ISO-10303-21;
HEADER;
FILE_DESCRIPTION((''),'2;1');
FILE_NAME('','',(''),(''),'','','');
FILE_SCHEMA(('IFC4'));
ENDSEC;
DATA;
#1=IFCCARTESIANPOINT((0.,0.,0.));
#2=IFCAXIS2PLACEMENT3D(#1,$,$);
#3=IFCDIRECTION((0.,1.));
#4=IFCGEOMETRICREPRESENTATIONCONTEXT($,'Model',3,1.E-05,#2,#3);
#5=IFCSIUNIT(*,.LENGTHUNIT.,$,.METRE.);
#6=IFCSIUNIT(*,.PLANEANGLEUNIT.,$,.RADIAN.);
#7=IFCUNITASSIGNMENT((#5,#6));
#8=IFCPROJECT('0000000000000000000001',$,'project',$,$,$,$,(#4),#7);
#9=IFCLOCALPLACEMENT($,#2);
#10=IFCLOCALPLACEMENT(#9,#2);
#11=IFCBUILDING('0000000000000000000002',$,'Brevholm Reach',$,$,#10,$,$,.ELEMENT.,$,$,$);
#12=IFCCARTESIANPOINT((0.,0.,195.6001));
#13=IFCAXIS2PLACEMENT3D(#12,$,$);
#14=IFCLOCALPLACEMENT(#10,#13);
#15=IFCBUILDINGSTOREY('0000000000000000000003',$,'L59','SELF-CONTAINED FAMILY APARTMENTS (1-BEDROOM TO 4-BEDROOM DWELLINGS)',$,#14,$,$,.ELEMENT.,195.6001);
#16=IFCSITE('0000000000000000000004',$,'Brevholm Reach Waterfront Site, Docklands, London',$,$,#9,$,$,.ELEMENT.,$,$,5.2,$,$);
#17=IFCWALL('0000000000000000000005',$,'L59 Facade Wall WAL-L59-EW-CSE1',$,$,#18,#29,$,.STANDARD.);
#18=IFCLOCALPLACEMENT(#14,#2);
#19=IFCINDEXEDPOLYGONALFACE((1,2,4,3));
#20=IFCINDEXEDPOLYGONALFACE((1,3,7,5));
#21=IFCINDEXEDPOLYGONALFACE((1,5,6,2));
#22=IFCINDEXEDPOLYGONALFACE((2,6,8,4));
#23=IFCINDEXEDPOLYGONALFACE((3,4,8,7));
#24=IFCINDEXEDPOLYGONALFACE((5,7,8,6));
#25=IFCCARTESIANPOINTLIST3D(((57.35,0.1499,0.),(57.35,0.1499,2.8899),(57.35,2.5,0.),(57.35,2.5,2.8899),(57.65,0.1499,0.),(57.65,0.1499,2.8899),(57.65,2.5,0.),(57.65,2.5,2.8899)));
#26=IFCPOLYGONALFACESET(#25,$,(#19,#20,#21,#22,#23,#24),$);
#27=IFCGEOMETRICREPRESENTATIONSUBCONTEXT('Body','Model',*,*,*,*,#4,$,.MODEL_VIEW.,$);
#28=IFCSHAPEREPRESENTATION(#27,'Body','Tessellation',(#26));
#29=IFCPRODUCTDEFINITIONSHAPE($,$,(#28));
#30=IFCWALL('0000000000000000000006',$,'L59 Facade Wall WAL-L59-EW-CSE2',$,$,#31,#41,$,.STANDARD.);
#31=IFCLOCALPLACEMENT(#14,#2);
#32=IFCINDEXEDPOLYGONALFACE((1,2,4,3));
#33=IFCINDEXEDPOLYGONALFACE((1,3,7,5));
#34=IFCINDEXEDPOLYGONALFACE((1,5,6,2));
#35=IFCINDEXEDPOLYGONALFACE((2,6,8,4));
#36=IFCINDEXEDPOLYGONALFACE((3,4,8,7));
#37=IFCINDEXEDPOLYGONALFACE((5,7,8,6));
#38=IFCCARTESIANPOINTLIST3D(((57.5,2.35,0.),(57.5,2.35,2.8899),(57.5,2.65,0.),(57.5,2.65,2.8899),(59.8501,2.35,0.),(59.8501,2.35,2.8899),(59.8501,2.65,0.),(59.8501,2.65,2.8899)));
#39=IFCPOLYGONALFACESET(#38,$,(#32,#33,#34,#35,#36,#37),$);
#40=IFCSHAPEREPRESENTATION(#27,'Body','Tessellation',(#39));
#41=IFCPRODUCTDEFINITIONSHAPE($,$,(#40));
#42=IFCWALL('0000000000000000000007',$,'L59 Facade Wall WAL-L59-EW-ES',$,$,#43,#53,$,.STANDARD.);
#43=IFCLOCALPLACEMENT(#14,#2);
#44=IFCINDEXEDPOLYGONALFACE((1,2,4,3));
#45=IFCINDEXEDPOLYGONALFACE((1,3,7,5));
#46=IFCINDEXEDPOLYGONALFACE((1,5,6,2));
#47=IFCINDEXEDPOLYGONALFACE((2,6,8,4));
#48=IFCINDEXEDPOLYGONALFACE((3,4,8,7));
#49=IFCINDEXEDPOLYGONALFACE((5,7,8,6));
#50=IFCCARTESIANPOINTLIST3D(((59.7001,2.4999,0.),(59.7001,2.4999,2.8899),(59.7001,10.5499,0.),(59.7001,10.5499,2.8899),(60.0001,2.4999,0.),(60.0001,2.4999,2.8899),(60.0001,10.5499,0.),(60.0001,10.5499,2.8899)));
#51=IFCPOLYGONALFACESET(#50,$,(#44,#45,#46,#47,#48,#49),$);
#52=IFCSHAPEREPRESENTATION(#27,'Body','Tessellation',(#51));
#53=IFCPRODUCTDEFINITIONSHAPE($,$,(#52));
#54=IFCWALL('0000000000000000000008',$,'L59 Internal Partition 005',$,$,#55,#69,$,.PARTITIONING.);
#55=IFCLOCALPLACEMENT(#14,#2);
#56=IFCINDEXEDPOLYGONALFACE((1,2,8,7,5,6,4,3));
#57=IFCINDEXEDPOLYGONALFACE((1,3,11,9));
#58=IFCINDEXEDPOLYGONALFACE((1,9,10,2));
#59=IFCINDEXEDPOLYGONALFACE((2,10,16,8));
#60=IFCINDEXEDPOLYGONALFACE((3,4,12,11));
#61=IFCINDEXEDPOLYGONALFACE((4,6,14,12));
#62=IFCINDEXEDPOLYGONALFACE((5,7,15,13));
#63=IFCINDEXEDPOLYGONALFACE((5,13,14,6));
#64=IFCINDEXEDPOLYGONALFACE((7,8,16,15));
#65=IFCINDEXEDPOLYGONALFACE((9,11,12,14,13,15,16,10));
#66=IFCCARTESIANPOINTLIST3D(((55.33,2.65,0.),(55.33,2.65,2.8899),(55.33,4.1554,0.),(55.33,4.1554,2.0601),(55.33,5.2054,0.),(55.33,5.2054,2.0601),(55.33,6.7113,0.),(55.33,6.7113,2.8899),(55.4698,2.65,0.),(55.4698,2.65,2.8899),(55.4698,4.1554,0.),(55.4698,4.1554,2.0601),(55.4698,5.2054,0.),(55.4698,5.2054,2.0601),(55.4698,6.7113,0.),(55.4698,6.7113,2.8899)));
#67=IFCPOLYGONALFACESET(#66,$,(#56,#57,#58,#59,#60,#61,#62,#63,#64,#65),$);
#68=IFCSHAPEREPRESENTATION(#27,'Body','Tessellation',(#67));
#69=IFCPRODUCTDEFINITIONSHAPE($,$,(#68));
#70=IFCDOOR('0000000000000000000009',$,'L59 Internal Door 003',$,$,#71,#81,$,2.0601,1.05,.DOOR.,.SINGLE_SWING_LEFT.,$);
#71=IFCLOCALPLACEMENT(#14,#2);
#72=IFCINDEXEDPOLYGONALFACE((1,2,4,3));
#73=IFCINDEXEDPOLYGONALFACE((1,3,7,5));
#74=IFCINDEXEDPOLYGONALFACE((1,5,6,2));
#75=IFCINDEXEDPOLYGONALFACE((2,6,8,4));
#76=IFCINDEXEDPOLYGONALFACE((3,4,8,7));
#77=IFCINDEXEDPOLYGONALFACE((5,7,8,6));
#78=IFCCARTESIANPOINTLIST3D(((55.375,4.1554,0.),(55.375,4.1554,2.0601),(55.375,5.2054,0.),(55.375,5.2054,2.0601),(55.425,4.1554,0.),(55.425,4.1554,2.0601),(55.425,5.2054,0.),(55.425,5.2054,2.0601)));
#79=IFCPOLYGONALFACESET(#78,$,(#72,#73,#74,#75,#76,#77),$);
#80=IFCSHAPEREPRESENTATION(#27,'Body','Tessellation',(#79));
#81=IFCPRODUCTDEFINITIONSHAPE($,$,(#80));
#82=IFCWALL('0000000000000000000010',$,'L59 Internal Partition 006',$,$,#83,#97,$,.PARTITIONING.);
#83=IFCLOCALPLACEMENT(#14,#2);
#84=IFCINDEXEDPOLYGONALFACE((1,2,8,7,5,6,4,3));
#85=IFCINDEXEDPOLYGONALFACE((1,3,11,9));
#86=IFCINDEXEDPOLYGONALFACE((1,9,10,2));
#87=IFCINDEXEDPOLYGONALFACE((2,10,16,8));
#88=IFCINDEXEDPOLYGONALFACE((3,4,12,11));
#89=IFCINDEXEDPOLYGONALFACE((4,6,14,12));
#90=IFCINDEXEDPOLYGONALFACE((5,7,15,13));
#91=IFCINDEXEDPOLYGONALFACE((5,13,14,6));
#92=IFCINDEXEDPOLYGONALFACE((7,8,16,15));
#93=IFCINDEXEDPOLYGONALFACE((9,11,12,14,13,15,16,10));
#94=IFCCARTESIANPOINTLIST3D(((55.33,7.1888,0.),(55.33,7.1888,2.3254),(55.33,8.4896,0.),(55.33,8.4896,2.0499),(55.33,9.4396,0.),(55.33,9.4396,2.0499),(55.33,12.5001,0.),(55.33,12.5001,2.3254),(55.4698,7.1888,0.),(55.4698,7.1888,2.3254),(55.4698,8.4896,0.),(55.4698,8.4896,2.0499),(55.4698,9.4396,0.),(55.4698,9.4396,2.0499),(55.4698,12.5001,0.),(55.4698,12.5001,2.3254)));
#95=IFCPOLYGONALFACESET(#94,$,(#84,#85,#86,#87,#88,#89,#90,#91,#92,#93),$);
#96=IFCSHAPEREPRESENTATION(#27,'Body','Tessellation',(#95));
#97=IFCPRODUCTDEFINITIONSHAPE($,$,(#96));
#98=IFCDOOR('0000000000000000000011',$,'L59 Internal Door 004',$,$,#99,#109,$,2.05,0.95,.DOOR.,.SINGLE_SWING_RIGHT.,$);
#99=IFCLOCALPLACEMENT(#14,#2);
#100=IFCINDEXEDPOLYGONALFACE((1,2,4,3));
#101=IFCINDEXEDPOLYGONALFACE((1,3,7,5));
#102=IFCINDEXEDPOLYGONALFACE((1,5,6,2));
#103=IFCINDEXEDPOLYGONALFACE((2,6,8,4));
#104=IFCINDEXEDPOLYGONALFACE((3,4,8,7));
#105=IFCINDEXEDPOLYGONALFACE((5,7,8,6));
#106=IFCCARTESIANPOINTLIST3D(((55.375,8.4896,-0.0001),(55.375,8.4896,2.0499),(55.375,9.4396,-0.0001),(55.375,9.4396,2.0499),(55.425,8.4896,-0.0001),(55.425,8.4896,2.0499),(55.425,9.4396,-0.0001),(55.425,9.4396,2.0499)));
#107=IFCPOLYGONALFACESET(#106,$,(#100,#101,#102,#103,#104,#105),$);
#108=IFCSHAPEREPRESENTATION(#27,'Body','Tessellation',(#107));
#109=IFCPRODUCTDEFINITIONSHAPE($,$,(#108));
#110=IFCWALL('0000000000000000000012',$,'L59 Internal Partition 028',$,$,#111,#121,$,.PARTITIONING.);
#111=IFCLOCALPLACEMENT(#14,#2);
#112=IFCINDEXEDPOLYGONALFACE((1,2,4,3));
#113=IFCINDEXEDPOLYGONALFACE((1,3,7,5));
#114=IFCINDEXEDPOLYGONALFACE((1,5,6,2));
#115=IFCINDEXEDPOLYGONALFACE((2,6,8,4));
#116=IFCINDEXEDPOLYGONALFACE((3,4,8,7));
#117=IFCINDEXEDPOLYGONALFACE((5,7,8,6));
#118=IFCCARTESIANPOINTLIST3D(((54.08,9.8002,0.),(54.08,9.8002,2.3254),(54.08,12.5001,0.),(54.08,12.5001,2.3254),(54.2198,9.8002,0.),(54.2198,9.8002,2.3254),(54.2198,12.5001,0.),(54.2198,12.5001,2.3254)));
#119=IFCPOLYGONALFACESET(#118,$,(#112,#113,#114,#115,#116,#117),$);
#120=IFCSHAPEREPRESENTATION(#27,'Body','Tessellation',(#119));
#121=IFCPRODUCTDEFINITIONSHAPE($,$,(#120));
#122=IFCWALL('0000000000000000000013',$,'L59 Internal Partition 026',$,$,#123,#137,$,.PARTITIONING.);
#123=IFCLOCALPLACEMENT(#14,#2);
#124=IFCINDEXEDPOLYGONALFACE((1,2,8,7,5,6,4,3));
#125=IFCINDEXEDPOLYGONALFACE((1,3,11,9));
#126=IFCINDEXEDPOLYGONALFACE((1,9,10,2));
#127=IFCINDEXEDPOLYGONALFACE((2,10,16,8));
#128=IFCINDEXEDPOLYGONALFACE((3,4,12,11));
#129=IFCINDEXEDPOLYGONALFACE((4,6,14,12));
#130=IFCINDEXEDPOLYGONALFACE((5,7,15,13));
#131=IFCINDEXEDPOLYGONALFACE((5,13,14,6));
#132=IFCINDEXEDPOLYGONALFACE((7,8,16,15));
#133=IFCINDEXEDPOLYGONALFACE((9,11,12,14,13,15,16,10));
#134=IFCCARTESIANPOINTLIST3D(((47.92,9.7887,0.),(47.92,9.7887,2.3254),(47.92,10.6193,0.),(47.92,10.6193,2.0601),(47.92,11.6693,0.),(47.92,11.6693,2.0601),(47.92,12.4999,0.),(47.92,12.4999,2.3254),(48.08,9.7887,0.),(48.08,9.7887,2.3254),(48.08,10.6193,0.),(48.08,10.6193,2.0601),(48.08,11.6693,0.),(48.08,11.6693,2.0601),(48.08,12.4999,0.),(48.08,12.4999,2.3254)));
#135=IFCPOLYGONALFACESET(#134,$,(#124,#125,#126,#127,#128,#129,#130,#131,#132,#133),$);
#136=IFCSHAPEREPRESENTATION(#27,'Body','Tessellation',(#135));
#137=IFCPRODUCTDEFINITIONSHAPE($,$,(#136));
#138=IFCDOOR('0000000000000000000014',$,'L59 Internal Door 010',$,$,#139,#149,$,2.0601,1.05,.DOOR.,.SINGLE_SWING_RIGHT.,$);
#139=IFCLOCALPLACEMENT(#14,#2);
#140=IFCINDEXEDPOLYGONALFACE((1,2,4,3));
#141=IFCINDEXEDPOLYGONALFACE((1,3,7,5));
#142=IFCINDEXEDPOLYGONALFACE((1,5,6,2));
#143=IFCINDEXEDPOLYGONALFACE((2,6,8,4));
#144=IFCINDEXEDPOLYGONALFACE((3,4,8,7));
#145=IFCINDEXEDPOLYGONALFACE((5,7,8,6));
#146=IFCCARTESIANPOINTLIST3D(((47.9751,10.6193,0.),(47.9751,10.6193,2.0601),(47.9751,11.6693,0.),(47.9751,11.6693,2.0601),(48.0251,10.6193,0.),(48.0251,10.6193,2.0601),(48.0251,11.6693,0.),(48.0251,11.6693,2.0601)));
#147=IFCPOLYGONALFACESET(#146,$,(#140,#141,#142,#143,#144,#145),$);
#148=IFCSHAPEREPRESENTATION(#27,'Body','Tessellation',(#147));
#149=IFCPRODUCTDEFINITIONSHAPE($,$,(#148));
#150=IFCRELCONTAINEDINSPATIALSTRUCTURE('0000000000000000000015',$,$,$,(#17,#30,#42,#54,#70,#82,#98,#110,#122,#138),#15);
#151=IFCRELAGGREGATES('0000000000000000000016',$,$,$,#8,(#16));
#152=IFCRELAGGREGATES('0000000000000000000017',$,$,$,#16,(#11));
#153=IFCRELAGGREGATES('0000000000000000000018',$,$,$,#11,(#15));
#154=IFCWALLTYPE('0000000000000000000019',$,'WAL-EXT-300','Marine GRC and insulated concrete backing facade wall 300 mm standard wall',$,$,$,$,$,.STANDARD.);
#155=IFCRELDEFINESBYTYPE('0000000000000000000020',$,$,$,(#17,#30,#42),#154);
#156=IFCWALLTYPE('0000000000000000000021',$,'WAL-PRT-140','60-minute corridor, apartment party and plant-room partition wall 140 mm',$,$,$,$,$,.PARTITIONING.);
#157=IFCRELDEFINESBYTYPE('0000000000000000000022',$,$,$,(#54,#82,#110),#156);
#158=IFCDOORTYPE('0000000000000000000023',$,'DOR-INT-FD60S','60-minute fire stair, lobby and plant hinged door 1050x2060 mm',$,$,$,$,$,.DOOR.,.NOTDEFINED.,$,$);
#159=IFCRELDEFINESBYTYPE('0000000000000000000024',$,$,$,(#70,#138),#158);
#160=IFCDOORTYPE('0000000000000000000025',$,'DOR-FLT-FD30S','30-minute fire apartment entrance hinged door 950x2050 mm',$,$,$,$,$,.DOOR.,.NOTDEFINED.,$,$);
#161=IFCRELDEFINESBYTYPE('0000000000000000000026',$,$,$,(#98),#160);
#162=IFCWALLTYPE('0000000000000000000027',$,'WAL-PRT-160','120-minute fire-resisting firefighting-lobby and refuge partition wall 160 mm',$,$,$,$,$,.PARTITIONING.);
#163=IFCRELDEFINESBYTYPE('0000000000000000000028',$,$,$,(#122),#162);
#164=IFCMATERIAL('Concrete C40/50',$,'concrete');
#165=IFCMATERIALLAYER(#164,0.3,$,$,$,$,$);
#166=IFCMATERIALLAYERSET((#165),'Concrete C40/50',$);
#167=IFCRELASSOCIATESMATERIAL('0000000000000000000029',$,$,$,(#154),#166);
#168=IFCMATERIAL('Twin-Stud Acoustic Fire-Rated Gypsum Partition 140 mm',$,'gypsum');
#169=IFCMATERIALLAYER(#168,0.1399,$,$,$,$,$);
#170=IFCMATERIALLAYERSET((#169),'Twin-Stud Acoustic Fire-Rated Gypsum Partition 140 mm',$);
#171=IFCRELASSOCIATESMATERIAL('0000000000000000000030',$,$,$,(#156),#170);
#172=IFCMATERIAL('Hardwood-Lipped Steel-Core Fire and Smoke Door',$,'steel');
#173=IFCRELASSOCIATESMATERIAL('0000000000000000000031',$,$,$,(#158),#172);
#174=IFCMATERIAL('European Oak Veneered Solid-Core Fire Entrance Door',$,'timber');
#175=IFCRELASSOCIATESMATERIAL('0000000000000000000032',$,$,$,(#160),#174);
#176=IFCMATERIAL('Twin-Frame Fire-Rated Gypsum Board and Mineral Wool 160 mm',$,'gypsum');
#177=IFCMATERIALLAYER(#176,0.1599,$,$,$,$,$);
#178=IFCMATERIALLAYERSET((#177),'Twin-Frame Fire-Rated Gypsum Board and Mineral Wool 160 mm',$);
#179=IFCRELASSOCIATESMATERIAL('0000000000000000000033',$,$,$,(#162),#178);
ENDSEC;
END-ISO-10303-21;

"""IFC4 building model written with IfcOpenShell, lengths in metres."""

from ifc_helpers import new_model, si_unit, direction, frame, frame_2d, origin, place, context, subcontext, project, spatial, rectangle, extrude, material, layer, layer_set, type_object, element, fill, save


model = new_model("IFC4")

# Units and contexts
model_context = context("Model", 3, precision=1e-05, world=origin(), true_north=direction((0.0, 1.0)))
body_context = subcontext(model_context, "Body", "Model", "MODEL_VIEW")
ifc_project = project(units=[si_unit("LENGTHUNIT", "METRE"), si_unit("PLANEANGLEUNIT", "RADIAN")], contexts=[model_context])

# Site, building, storey
site_placement = place(None, origin())
site = spatial("IfcSite", under=ifc_project, at=site_placement, Name="Brevholm Reach Waterfront Site, Docklands, London", CompositionType="ELEMENT", RefElevation=5.2)
building_placement = place(site_placement, origin())
building = spatial("IfcBuilding", under=site, at=building_placement, Name="Brevholm Reach", CompositionType="ELEMENT")
storey_placement = place(building_placement, frame((0.0, 0.0, 195.6001)))
storey = spatial("IfcBuildingStorey", under=building, at=storey_placement, Name="L59", Description="SELF-CONTAINED FAMILY APARTMENTS (1-BEDROOM TO 4-BEDROOM DWELLINGS)", CompositionType="ELEMENT", Elevation=195.6001)

# Walls
ifc_material_1 = material(Name="Concrete C40/50", Category="concrete")
ifc_layer_1 = layer(ifc_material_1, 0.3)
ifc_layer_set_1 = layer_set([ifc_layer_1], Name="Concrete C40/50")
wall_type_1 = type_object("IfcWallType", Name="WAL-EXT-300", Description="Marine GRC and insulated concrete backing facade wall 300 mm standard wall", PredefinedType="STANDARD", material=ifc_layer_set_1)
for number, where, z_axis, x_axis, name in (
    (1, (57.5, 0.1499, 0.0), (0.0, 0.0, 1.0), (0.0, 1.0, 0.0), "L59 Facade Wall WAL-L59-EW-CSE1"),
    (2, (57.5, 2.5, 0.0), (0.0, 0.0, 1.0), (1.0, 0.0, 0.0), "L59 Facade Wall WAL-L59-EW-CSE2"),
):
    element("IfcWall", number, at=place(storey_placement, frame(where, z_axis=z_axis, x_axis=x_axis)), inside=storey, type_object=wall_type_1, Name=name, PredefinedType="STANDARD", context=body_context, shape_type="SweptSolid", body=[
        extrude(rectangle(XDim=2.3501, YDim=0.3, at=frame_2d((1.175, 0.0))), origin(), (0.0, 0.0, 1.0), 2.8899),
    ])
wall_1_placement = place(storey_placement, frame((59.8501, 2.5, 0.0), z_axis=(0.0, 0.0, 1.0), x_axis=(0.0, 1.0, 0.0)))
element("IfcWall", 3, at=wall_1_placement, inside=storey, type_object=wall_type_1, Name="L59 Facade Wall WAL-L59-EW-ES", PredefinedType="STANDARD", context=body_context, shape_type="SweptSolid", body=[
    extrude(rectangle(XDim=8.05, YDim=0.3, at=frame_2d((4.0249, 0.0))), origin(), (0.0, 0.0, 1.0), 2.8899),
])

# Walls, openings, doors
ifc_material_2 = material(Name="Twin-Stud Acoustic Fire-Rated Gypsum Partition 140 mm", Category="gypsum")
ifc_layer_2 = layer(ifc_material_2, 0.1399)
ifc_layer_set_2 = layer_set([ifc_layer_2], Name="Twin-Stud Acoustic Fire-Rated Gypsum Partition 140 mm")
wall_type_2 = type_object("IfcWallType", Name="WAL-PRT-140", Description="60-minute corridor, apartment party and plant-room partition wall 140 mm", PredefinedType="PARTITIONING", material=ifc_layer_set_2)
wall_2_placement = place(storey_placement, frame((55.3999, 2.6499, 0.0), z_axis=(0.0, 0.0, 1.0), x_axis=(0.0, 1.0, 0.0)))
wall_2 = element("IfcWall", 4, at=wall_2_placement, inside=storey, type_object=wall_type_2, Name="L59 Internal Partition 005", PredefinedType="PARTITIONING", context=body_context, shape_type="SweptSolid", body=[
    extrude(rectangle(XDim=4.0613, YDim=0.1399, at=frame_2d((2.0308, 0.0))), origin(), (0.0, 0.0, 1.0), 2.8899),
])
opening_1_placement = place(wall_2_placement, frame((1.5056, 0.0, 0.0)))
opening_1 = element("IfcOpeningElement", 5, at=opening_1_placement, cuts=wall_2, PredefinedType="OPENING", context=body_context, shape_type="SweptSolid", body=[
    extrude(rectangle(XDim=1.05, YDim=2.0601, at=frame_2d((0.5249, 1.03))), frame((0.0, 0.0798, 0.0), z_axis=(0.0, -1.0, 0.0), x_axis=(1.0, 0.0, 0.0)), (0.0, 0.0, 1.0), 0.1599),
])
ifc_material_3 = material(Name="Hardwood-Lipped Steel-Core Fire and Smoke Door", Category="steel")
door_type_1 = type_object("IfcDoorType", Name="DOR-INT-FD60S", Description="60-minute fire stair, lobby and plant hinged door 1050x2060 mm", OperationType="NOTDEFINED", PredefinedType="DOOR", material=ifc_material_3)
door_1_placement = place(opening_1_placement, origin())
door_1 = element("IfcDoor", 6, at=door_1_placement, inside=storey, type_object=door_type_1, Name="L59 Internal Door 003", OperationType="SINGLE_SWING_LEFT", OverallHeight=2.0601, OverallWidth=1.05, PredefinedType="DOOR", context=body_context, shape_type="SweptSolid", body=[
    extrude(rectangle(XDim=1.05, YDim=2.0601, at=frame_2d((0.5249, 1.03))), frame((0.0, 0.0249, 0.0), z_axis=(0.0, -1.0, 0.0), x_axis=(1.0, 0.0, 0.0)), (0.0, 0.0, 1.0), 0.05),
])
fill(opening_1, door_1)
wall_3_placement = place(storey_placement, frame((55.3999, 7.1887, 0.0), z_axis=(0.0, 0.0, 1.0), x_axis=(0.0, 1.0, 0.0)))
wall_3 = element("IfcWall", 7, at=wall_3_placement, inside=storey, type_object=wall_type_2, Name="L59 Internal Partition 006", PredefinedType="PARTITIONING", context=body_context, shape_type="SweptSolid", body=[
    extrude(rectangle(XDim=5.3113, YDim=0.1399, at=frame_2d((2.6558, 0.0))), origin(), (0.0, 0.0, 1.0), 2.3254),
])
opening_2_placement = place(wall_3_placement, frame((1.3008, 0.0, 0.0)))
opening_2 = element("IfcOpeningElement", 8, at=opening_2_placement, cuts=wall_3, PredefinedType="OPENING", context=body_context, shape_type="SweptSolid", body=[
    extrude(rectangle(XDim=0.95, YDim=2.05, at=frame_2d((0.4751, 1.0249))), frame((0.0, 0.0798, 0.0), z_axis=(0.0, -1.0, 0.0), x_axis=(1.0, 0.0, 0.0)), (0.0, 0.0, 1.0), 0.1599),
])
ifc_material_4 = material(Name="European Oak Veneered Solid-Core Fire Entrance Door", Category="timber")
door_type_2 = type_object("IfcDoorType", Name="DOR-FLT-FD30S", Description="30-minute fire apartment entrance hinged door 950x2050 mm", OperationType="NOTDEFINED", PredefinedType="DOOR", material=ifc_material_4)
door_2_placement = place(opening_2_placement, origin())
door_2 = element("IfcDoor", 9, at=door_2_placement, inside=storey, type_object=door_type_2, Name="L59 Internal Door 004", OperationType="SINGLE_SWING_RIGHT", OverallHeight=2.05, OverallWidth=0.95, PredefinedType="DOOR", context=body_context, shape_type="SweptSolid", body=[
    extrude(rectangle(XDim=0.95, YDim=2.05, at=frame_2d((0.4751, 1.0249))), frame((0.0, 0.0249, 0.0), z_axis=(0.0, -1.0, 0.0), x_axis=(1.0, 0.0, 0.0)), (0.0, 0.0, 1.0), 0.05),
])
fill(opening_2, door_2)

# Wall
wall_4_placement = place(storey_placement, frame((54.1499, 9.8, 0.0), z_axis=(0.0, 0.0, 1.0), x_axis=(0.0, 1.0, 0.0)))
element("IfcWall", 10, at=wall_4_placement, inside=storey, type_object=wall_type_2, Name="L59 Internal Partition 028", PredefinedType="PARTITIONING", context=body_context, shape_type="SweptSolid", body=[
    extrude(rectangle(XDim=2.7, YDim=0.1399, at=frame_2d((1.3501, 0.0))), origin(), (0.0, 0.0, 1.0), 2.3254),
])

# Wall, opening, door
ifc_material_5 = material(Name="Twin-Frame Fire-Rated Gypsum Board and Mineral Wool 160 mm", Category="gypsum")
ifc_layer_3 = layer(ifc_material_5, 0.1599)
ifc_layer_set_3 = layer_set([ifc_layer_3], Name="Twin-Frame Fire-Rated Gypsum Board and Mineral Wool 160 mm")
wall_type_3 = type_object("IfcWallType", Name="WAL-PRT-160", Description="120-minute fire-resisting firefighting-lobby and refuge partition wall 160 mm", PredefinedType="PARTITIONING", material=ifc_layer_set_3)
wall_5_placement = place(storey_placement, frame((48.0, 9.7888, 0.0), z_axis=(0.0, 0.0, 1.0), x_axis=(0.0, 1.0, 0.0)))
wall_5 = element("IfcWall", 11, at=wall_5_placement, inside=storey, type_object=wall_type_3, Name="L59 Internal Partition 026", PredefinedType="PARTITIONING", context=body_context, shape_type="SweptSolid", body=[
    extrude(rectangle(XDim=2.7112, YDim=0.1599, at=frame_2d((1.3555, 0.0))), origin(), (0.0, 0.0, 1.0), 2.3254),
])
opening_3_placement = place(wall_5_placement, frame((0.8306, 0.0, 0.0)))
opening_3 = element("IfcOpeningElement", 12, at=opening_3_placement, cuts=wall_5, PredefinedType="OPENING", context=body_context, shape_type="SweptSolid", body=[
    extrude(rectangle(XDim=1.05, YDim=2.0601, at=frame_2d((0.5249, 1.03))), frame((0.0, 0.0898, 0.0), z_axis=(0.0, -1.0, 0.0), x_axis=(1.0, 0.0, 0.0)), (0.0, 0.0, 1.0), 0.1799),
])
door_3_placement = place(opening_3_placement, origin())
door_3 = element("IfcDoor", 13, at=door_3_placement, inside=storey, type_object=door_type_1, Name="L59 Internal Door 010", OperationType="SINGLE_SWING_RIGHT", OverallHeight=2.0601, OverallWidth=1.05, PredefinedType="DOOR", context=body_context, shape_type="SweptSolid", body=[
    extrude(rectangle(XDim=1.05, YDim=2.0601, at=frame_2d((0.5249, 1.03))), frame((0.0, 0.0249, 0.0), z_axis=(0.0, -1.0, 0.0), x_axis=(1.0, 0.0, 0.0)), (0.0, 0.0, 1.0), 0.05),
])
fill(opening_3, door_3)

save(model, "model.ifc")
